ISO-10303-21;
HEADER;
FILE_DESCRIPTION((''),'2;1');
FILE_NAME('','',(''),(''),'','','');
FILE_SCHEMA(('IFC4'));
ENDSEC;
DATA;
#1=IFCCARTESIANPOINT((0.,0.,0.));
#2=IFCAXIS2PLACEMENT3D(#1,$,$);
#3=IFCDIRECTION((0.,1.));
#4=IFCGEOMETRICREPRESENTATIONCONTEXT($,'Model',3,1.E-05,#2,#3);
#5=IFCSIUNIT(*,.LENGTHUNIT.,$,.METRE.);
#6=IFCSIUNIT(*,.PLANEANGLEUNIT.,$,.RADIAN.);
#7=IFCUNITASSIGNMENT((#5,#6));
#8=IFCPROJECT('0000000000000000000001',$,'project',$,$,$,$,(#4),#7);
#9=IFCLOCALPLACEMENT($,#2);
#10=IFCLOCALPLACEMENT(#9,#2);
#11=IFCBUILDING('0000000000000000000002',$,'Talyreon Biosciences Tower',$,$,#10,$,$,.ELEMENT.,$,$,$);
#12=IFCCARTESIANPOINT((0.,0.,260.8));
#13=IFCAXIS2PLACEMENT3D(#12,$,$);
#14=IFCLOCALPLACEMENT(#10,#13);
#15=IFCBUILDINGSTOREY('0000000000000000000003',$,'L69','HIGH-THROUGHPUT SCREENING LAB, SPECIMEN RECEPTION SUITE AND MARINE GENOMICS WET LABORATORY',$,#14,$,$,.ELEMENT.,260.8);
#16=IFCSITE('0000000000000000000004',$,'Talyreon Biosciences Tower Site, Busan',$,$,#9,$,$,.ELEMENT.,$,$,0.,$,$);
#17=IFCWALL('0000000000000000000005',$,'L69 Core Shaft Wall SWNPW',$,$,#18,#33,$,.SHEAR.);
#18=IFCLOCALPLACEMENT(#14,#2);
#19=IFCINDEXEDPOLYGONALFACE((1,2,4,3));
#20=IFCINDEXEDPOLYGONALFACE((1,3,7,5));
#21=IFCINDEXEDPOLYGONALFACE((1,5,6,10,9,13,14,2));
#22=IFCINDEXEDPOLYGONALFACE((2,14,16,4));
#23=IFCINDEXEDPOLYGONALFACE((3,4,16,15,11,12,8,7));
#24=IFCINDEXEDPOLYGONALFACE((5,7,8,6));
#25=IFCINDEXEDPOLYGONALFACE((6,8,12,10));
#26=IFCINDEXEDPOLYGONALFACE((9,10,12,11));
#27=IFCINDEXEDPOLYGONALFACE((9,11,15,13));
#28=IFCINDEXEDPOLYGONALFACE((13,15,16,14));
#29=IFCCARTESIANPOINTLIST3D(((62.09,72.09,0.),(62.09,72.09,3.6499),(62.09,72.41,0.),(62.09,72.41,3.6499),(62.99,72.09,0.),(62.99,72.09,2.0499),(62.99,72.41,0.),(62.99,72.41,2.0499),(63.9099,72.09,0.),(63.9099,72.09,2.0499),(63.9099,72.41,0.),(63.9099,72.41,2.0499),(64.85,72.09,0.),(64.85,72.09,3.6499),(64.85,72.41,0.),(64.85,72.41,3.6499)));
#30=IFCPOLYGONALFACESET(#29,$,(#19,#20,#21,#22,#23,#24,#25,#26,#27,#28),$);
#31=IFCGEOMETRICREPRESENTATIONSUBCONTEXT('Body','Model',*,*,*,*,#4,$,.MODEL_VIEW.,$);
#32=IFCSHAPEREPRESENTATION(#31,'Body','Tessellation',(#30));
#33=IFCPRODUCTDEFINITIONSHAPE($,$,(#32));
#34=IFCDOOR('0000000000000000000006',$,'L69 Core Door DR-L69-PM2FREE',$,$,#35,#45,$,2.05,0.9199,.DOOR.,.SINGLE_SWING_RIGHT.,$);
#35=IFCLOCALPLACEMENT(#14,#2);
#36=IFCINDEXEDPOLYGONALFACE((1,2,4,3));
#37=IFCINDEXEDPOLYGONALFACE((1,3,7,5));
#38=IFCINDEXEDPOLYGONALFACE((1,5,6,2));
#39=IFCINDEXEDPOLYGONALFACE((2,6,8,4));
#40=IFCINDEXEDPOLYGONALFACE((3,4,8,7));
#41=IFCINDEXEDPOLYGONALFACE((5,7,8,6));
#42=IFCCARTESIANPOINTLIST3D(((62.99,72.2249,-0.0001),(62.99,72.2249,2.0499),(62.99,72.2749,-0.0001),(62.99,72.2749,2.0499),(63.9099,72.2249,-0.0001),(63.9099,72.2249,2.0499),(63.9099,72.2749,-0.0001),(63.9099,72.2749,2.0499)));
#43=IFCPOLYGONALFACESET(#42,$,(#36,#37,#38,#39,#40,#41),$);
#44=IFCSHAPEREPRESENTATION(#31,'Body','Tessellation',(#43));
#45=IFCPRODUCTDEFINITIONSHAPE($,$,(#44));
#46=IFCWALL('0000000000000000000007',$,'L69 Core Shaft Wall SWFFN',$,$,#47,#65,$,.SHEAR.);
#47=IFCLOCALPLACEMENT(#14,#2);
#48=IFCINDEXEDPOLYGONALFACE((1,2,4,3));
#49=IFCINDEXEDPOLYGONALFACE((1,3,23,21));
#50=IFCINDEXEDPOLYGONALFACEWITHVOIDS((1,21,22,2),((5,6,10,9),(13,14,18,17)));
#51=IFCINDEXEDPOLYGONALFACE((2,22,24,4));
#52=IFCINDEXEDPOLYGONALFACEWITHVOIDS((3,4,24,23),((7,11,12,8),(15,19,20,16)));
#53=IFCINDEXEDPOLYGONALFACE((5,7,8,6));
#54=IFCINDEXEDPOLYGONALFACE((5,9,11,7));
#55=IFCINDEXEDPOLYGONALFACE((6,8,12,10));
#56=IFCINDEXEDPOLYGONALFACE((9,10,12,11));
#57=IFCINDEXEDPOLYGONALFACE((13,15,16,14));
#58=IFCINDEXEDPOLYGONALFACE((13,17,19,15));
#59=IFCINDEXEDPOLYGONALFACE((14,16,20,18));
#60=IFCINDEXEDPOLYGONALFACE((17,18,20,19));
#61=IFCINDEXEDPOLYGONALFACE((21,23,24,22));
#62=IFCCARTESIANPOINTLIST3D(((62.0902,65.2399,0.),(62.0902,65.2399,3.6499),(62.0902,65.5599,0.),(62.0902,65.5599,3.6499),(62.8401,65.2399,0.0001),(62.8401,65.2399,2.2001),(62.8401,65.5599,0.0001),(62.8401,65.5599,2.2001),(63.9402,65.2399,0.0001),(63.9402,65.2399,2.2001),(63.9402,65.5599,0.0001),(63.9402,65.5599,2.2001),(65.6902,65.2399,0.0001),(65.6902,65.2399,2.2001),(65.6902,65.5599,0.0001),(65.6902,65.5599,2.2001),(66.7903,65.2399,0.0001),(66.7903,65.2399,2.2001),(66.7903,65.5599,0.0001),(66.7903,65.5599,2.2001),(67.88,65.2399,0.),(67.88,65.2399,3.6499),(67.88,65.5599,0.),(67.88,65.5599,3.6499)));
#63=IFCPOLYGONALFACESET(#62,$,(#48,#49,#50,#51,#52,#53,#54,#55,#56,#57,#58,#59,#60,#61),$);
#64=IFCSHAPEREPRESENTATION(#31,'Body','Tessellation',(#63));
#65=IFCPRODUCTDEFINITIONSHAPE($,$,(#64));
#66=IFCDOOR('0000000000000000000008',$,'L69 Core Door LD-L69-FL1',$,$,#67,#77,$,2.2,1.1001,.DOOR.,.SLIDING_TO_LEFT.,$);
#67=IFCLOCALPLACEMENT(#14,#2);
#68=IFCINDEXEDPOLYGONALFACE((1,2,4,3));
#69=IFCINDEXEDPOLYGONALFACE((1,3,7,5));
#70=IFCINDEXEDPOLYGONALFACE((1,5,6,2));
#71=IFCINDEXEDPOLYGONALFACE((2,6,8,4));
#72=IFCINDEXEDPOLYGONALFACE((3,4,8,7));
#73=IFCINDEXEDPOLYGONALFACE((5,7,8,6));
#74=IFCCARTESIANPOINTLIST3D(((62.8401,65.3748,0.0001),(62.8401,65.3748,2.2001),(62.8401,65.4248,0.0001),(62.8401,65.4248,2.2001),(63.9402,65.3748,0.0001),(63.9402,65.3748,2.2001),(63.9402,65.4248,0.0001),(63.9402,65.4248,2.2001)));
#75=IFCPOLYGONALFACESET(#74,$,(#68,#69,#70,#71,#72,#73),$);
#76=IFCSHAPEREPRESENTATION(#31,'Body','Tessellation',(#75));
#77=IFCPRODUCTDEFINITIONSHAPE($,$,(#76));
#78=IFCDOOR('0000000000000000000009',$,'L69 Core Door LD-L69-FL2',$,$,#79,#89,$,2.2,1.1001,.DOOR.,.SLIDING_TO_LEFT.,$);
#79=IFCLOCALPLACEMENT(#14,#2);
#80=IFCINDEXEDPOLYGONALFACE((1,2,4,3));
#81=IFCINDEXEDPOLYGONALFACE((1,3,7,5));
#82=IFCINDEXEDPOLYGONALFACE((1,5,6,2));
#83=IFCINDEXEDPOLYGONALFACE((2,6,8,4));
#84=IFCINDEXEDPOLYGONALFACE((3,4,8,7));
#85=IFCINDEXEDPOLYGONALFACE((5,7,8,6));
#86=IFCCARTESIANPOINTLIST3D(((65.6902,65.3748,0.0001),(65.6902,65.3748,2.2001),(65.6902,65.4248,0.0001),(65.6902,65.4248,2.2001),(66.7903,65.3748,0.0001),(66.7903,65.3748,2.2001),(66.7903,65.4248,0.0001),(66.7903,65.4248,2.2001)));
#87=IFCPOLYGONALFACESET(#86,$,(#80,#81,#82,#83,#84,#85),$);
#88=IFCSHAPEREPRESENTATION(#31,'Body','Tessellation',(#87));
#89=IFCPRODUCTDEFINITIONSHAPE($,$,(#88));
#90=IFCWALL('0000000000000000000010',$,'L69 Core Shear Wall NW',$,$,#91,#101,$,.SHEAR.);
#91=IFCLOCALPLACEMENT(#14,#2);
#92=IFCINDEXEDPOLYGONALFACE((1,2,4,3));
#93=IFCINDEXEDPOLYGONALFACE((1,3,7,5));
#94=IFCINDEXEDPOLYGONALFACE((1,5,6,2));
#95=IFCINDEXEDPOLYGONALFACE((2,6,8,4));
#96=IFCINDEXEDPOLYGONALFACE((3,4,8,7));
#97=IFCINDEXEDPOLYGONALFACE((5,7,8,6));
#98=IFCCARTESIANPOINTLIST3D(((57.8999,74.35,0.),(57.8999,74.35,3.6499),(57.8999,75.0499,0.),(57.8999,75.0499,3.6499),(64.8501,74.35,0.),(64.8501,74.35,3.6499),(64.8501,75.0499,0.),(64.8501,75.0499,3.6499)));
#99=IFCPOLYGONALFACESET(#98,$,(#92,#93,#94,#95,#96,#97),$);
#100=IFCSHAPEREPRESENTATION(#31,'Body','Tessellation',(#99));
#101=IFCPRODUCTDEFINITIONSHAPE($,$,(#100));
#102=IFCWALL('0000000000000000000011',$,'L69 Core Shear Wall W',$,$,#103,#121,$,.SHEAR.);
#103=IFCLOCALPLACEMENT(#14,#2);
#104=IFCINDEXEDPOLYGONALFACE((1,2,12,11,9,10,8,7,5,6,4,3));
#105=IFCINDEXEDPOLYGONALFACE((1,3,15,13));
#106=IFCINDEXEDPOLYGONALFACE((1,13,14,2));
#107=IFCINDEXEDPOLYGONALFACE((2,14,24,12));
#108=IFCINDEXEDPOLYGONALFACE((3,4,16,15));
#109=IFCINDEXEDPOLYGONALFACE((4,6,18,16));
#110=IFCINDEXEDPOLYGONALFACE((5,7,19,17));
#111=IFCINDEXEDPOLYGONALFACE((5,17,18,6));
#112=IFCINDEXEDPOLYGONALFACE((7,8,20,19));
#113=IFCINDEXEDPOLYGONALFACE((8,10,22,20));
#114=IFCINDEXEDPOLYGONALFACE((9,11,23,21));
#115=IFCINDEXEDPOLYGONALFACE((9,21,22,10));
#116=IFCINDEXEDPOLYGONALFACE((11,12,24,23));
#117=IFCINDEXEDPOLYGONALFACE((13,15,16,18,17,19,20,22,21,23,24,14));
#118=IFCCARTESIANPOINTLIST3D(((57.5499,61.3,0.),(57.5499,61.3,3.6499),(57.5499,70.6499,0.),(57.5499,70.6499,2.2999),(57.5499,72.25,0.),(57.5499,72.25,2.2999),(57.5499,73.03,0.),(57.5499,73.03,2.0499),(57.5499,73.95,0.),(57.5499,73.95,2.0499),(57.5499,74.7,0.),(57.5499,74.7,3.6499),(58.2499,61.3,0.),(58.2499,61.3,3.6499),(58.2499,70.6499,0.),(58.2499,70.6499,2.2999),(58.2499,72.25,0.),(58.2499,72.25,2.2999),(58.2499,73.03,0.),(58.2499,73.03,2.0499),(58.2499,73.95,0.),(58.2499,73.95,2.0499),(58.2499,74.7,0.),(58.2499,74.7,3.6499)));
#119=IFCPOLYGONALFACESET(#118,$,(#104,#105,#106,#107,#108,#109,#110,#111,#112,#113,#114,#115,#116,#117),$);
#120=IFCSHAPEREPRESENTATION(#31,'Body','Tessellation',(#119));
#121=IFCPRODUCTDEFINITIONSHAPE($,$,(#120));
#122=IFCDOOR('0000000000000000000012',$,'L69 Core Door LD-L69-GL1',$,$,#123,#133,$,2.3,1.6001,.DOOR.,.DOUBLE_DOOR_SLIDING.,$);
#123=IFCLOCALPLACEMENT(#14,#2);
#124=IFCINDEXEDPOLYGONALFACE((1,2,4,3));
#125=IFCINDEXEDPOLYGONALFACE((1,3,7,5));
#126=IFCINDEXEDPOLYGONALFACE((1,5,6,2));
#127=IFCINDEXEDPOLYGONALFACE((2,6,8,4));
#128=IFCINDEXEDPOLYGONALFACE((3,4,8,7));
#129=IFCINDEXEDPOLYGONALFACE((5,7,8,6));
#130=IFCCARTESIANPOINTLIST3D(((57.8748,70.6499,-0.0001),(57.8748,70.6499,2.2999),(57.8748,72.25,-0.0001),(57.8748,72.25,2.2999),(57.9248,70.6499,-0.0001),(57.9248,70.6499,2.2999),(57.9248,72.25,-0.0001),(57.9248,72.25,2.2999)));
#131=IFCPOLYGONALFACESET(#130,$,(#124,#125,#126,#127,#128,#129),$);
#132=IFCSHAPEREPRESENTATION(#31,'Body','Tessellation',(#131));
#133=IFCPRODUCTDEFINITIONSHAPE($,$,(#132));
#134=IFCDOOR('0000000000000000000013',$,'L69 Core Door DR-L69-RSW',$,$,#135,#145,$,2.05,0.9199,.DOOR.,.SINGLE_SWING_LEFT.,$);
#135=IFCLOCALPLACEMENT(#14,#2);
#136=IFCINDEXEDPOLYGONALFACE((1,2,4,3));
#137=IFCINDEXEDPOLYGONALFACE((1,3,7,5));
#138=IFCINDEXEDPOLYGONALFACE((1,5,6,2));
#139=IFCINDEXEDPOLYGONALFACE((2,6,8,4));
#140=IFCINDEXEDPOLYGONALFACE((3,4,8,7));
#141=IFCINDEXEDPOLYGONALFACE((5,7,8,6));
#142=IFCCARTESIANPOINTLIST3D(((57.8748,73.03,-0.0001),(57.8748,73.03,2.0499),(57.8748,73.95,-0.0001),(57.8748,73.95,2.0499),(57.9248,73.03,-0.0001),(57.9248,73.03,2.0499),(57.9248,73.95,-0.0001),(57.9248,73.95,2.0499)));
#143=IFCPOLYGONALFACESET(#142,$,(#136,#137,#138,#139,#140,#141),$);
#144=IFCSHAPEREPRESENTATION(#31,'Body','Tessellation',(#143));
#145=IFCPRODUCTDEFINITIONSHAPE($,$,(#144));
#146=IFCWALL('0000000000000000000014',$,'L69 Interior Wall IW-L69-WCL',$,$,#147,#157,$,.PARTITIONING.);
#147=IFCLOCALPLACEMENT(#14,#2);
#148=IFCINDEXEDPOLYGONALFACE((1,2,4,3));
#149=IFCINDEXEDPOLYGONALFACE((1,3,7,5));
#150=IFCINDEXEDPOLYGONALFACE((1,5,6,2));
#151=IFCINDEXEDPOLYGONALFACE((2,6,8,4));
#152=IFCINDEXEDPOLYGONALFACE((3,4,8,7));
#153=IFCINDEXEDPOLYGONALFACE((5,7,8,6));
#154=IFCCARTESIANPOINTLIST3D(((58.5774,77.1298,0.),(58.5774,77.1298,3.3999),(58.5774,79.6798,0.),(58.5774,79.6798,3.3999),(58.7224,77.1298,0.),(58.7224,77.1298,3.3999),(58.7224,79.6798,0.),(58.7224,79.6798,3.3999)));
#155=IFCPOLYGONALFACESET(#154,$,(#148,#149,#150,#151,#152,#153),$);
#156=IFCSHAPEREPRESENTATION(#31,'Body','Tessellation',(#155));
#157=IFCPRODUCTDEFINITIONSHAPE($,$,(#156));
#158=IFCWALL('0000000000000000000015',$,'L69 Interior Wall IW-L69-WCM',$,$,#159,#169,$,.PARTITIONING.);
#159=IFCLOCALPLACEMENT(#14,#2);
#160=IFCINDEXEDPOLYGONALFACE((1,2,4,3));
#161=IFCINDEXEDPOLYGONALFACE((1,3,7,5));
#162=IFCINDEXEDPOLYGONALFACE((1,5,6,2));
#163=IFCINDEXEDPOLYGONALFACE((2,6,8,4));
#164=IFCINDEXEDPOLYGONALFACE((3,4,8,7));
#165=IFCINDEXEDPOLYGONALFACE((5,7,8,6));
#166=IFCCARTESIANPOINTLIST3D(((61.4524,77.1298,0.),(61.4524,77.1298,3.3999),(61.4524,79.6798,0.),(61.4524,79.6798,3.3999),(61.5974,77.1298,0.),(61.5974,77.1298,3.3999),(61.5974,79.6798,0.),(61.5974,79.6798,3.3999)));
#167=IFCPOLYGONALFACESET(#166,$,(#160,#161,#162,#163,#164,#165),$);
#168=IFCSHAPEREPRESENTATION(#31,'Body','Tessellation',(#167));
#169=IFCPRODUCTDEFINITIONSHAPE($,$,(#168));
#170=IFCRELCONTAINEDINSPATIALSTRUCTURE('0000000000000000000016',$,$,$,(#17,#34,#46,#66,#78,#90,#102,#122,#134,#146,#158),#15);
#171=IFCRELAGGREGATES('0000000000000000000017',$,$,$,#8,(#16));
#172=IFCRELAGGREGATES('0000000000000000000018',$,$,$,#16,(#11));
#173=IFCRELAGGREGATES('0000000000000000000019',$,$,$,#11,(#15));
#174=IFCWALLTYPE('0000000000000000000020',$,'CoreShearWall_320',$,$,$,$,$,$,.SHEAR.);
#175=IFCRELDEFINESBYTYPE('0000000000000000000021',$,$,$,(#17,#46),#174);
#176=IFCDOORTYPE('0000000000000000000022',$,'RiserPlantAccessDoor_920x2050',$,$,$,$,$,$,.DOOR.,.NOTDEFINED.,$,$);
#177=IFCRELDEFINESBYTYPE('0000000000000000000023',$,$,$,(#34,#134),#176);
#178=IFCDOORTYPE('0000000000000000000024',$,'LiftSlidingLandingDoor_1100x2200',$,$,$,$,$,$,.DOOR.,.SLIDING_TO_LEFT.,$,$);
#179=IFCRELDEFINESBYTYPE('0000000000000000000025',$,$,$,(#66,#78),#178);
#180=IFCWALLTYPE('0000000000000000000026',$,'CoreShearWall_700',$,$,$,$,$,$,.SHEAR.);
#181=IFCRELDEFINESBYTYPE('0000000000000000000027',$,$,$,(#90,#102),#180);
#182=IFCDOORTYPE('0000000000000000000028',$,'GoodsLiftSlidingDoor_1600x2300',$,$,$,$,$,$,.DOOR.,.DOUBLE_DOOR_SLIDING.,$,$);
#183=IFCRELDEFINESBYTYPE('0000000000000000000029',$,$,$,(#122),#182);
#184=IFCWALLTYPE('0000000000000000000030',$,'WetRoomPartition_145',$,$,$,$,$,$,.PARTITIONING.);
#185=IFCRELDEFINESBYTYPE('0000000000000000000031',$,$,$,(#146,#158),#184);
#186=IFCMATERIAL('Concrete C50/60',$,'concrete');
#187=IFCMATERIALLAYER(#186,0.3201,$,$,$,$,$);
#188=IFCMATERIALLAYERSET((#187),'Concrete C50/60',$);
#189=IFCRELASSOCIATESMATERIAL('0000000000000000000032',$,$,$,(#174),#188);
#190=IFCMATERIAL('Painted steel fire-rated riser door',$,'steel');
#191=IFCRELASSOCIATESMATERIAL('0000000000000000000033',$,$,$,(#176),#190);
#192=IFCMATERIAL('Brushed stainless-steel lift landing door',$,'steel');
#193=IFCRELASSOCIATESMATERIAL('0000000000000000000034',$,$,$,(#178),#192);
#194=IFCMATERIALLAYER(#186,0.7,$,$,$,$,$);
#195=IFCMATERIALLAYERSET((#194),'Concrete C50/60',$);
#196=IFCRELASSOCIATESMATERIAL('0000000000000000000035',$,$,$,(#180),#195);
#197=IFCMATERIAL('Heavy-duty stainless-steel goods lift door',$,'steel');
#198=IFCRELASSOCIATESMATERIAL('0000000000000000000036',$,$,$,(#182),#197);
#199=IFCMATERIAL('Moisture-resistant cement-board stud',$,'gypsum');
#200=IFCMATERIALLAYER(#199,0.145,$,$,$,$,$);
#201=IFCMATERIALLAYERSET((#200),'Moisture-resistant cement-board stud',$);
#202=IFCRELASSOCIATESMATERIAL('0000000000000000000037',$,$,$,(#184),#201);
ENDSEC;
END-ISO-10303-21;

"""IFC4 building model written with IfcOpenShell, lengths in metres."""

from ifc_helpers import new_model, si_unit, direction, frame, frame_2d, origin, place, context, subcontext, project, spatial, rectangle, extrude, material, layer, layer_set, type_object, element, fill, save


model = new_model("IFC4")

# Units and contexts
model_context = context("Model", 3, precision=1e-05, world=origin(), true_north=direction((0.0, 1.0)))
body_context = subcontext(model_context, "Body", "Model", "MODEL_VIEW")
ifc_project = project(units=[si_unit("LENGTHUNIT", "METRE"), si_unit("PLANEANGLEUNIT", "RADIAN")], contexts=[model_context])

# Site, building, storey
site_placement = place(None, origin())
site = spatial("IfcSite", under=ifc_project, at=site_placement, Name="Talyreon Biosciences Tower Site, Busan", CompositionType="ELEMENT", RefElevation=0.0)
building_placement = place(site_placement, origin())
building = spatial("IfcBuilding", under=site, at=building_placement, Name="Talyreon Biosciences Tower", CompositionType="ELEMENT")
storey_placement = place(building_placement, frame((0.0, 0.0, 260.8)))
storey = spatial("IfcBuildingStorey", under=building, at=storey_placement, Name="L69", Description="HIGH-THROUGHPUT SCREENING LAB, SPECIMEN RECEPTION SUITE AND MARINE GENOMICS WET LABORATORY", CompositionType="ELEMENT", Elevation=260.8)

# Shared definitions
ifc_material_1 = material(Name="Concrete C50/60", Category="concrete")

# Shared definitions
ifc_layer_1 = layer(ifc_material_1, 0.3201)
ifc_layer_set_1 = layer_set([ifc_layer_1], Name="Concrete C50/60")
wall_type_1 = type_object("IfcWallType", Name="CoreShearWall_320", PredefinedType="SHEAR", material=ifc_layer_set_1)

# Wall, opening, door
wall_1_placement = place(storey_placement, frame((62.0901, 72.25, 0.0), z_axis=(0.0, 0.0, 1.0), x_axis=(1.0, 0.0, 0.0)))
wall_1 = element("IfcWall", 1, at=wall_1_placement, inside=storey, type_object=wall_type_1, Name="L69 Core Shaft Wall SWNPW", PredefinedType="SHEAR", context=body_context, shape_type="SweptSolid", body=[
    extrude(rectangle(XDim=2.76, YDim=0.3201, at=frame_2d((1.3799, 0.0))), origin(), (0.0, 0.0, 1.0), 3.6499),
])
opening_1_placement = place(wall_1_placement, frame((0.8999, 0.0, 0.0)))
opening_1 = element("IfcOpeningElement", 2, at=opening_1_placement, cuts=wall_1, PredefinedType="OPENING", context=body_context, shape_type="SweptSolid", body=[
    extrude(rectangle(XDim=0.9199, YDim=2.05, at=frame_2d((0.46, 1.0249))), frame((0.0, 0.1699, 0.0), z_axis=(0.0, -1.0, 0.0), x_axis=(1.0, 0.0, 0.0)), (0.0, 0.0, 1.0), 0.3401),
])
ifc_material_2 = material(Name="Painted steel fire-rated riser door", Category="steel")
door_type_1 = type_object("IfcDoorType", Name="RiserPlantAccessDoor_920x2050", OperationType="NOTDEFINED", PredefinedType="DOOR", material=ifc_material_2)
door_1_placement = place(opening_1_placement, origin())
door_1 = element("IfcDoor", 3, at=door_1_placement, inside=storey, type_object=door_type_1, Name="L69 Core Door DR-L69-PM2FREE", OperationType="SINGLE_SWING_RIGHT", OverallHeight=2.05, OverallWidth=0.9199, PredefinedType="DOOR", context=body_context, shape_type="SweptSolid", body=[
    extrude(rectangle(XDim=0.9199, YDim=2.05, at=frame_2d((0.46, 1.0249))), frame((0.0, 0.0249, 0.0), z_axis=(0.0, -1.0, 0.0), x_axis=(1.0, 0.0, 0.0)), (0.0, 0.0, 1.0), 0.05),
])
fill(opening_1, door_1)

# Wall, openings, doors
wall_2_placement = place(storey_placement, frame((62.0901, 65.3999, 0.0), z_axis=(0.0, 0.0, 1.0), x_axis=(1.0, 0.0, 0.0)))
wall_2 = element("IfcWall", 4, at=wall_2_placement, inside=storey, type_object=wall_type_1, Name="L69 Core Shaft Wall SWFFN", PredefinedType="SHEAR", context=body_context, shape_type="SweptSolid", body=[
    extrude(rectangle(XDim=5.7898, YDim=0.3201, at=frame_2d((2.895, 0.0))), origin(), (0.0, 0.0, 1.0), 3.6499),
])
opening_2_placement = place(wall_2_placement, frame((0.75, 0.0, 0.0)))
opening_2 = element("IfcOpeningElement", 5, at=opening_2_placement, cuts=wall_2, PredefinedType="OPENING", context=body_context, shape_type="SweptSolid", body=[
    extrude(rectangle(XDim=1.1001, YDim=2.2, at=frame_2d((0.55, 1.1001))), frame((0.0, 0.1699, 0.0), z_axis=(0.0, -1.0, 0.0), x_axis=(1.0, 0.0, 0.0)), (0.0, 0.0, 1.0), 0.3401),
])
opening_3_placement = place(wall_2_placement, frame((3.6001, 0.0, 0.0)))
opening_3 = element("IfcOpeningElement", 6, at=opening_3_placement, cuts=wall_2, PredefinedType="OPENING", context=body_context, shape_type="SweptSolid", body=[
    extrude(rectangle(XDim=1.1001, YDim=2.2, at=frame_2d((0.55, 1.1001))), frame((0.0, 0.1699, 0.0), z_axis=(0.0, -1.0, 0.0), x_axis=(1.0, 0.0, 0.0)), (0.0, 0.0, 1.0), 0.3401),
])
ifc_material_3 = material(Name="Brushed stainless-steel lift landing door", Category="steel")
door_type_2 = type_object("IfcDoorType", Name="LiftSlidingLandingDoor_1100x2200", OperationType="SLIDING_TO_LEFT", PredefinedType="DOOR", material=ifc_material_3)
door_2_placement = place(opening_2_placement, origin())
door_2 = element("IfcDoor", 7, at=door_2_placement, inside=storey, type_object=door_type_2, Name="L69 Core Door LD-L69-FL1", OperationType="SLIDING_TO_LEFT", OverallHeight=2.2, OverallWidth=1.1001, PredefinedType="DOOR", context=body_context, shape_type="SweptSolid", body=[
    extrude(rectangle(XDim=1.1001, YDim=2.2, at=frame_2d((0.55, 1.1001))), frame((0.0, 0.0249, 0.0), z_axis=(0.0, -1.0, 0.0), x_axis=(1.0, 0.0, 0.0)), (0.0, 0.0, 1.0), 0.05),
])
fill(opening_2, door_2)
door_3_placement = place(opening_3_placement, origin())
door_3 = element("IfcDoor", 8, at=door_3_placement, inside=storey, type_object=door_type_2, Name="L69 Core Door LD-L69-FL2", OperationType="SLIDING_TO_LEFT", OverallHeight=2.2, OverallWidth=1.1001, PredefinedType="DOOR", context=body_context, shape_type="SweptSolid", body=[
    extrude(rectangle(XDim=1.1001, YDim=2.2, at=frame_2d((0.55, 1.1001))), frame((0.0, 0.0249, 0.0), z_axis=(0.0, -1.0, 0.0), x_axis=(1.0, 0.0, 0.0)), (0.0, 0.0, 1.0), 0.05),
])
fill(opening_3, door_3)

# Wall
ifc_layer_2 = layer(ifc_material_1, 0.7)
ifc_layer_set_2 = layer_set([ifc_layer_2], Name="Concrete C50/60")
wall_type_2 = type_object("IfcWallType", Name="CoreShearWall_700", PredefinedType="SHEAR", material=ifc_layer_set_2)
wall_3_placement = place(storey_placement, frame((64.8501, 74.7, 0.0), z_axis=(0.0, 0.0, 1.0), x_axis=(-1.0, 0.0, 0.0)))
element("IfcWall", 9, at=wall_3_placement, inside=storey, type_object=wall_type_2, Name="L69 Core Shear Wall NW", PredefinedType="SHEAR", context=body_context, shape_type="SweptSolid", body=[
    extrude(rectangle(XDim=6.9502, YDim=0.7, at=frame_2d((3.4751, 0.0))), origin(), (0.0, 0.0, 1.0), 3.6499),
])

# Wall, openings, doors
wall_4_placement = place(storey_placement, frame((57.8999, 74.7, 0.0), z_axis=(0.0, 0.0, 1.0), x_axis=(0.0, -1.0, 0.0)))
wall_4 = element("IfcWall", 10, at=wall_4_placement, inside=storey, type_object=wall_type_2, Name="L69 Core Shear Wall W", PredefinedType="SHEAR", context=body_context, shape_type="SweptSolid", body=[
    extrude(rectangle(XDim=13.3999, YDim=0.7, at=frame_2d((6.7, 0.0))), origin(), (0.0, 0.0, 1.0), 3.6499),
])
opening_4_placement = place(wall_4_placement, frame((0.75, 0.0, 0.0)))
opening_4 = element("IfcOpeningElement", 11, at=opening_4_placement, cuts=wall_4, PredefinedType="OPENING", context=body_context, shape_type="SweptSolid", body=[
    extrude(rectangle(XDim=0.9199, YDim=2.05, at=frame_2d((0.46, 1.0249))), frame((0.0, 0.3599, 0.0), z_axis=(0.0, -1.0, 0.0), x_axis=(1.0, 0.0, 0.0)), (0.0, 0.0, 1.0), 0.72),
])
opening_5_placement = place(wall_4_placement, frame((2.45, 0.0, 0.0)))
opening_5 = element("IfcOpeningElement", 12, at=opening_5_placement, cuts=wall_4, PredefinedType="OPENING", context=body_context, shape_type="SweptSolid", body=[
    extrude(rectangle(XDim=1.6001, YDim=2.3, at=frame_2d((0.8, 1.1499))), frame((0.0, 0.3599, 0.0), z_axis=(0.0, -1.0, 0.0), x_axis=(1.0, 0.0, 0.0)), (0.0, 0.0, 1.0), 0.72),
])
ifc_material_4 = material(Name="Heavy-duty stainless-steel goods lift door", Category="steel")
door_type_3 = type_object("IfcDoorType", Name="GoodsLiftSlidingDoor_1600x2300", OperationType="DOUBLE_DOOR_SLIDING", PredefinedType="DOOR", material=ifc_material_4)
door_4_placement = place(opening_5_placement, origin())
door_4 = element("IfcDoor", 13, at=door_4_placement, inside=storey, type_object=door_type_3, Name="L69 Core Door LD-L69-GL1", OperationType="DOUBLE_DOOR_SLIDING", OverallHeight=2.3, OverallWidth=1.6001, PredefinedType="DOOR", context=body_context, shape_type="SweptSolid", body=[
    extrude(rectangle(XDim=1.6001, YDim=2.3, at=frame_2d((0.8, 1.1499))), frame((0.0, 0.0249, 0.0), z_axis=(0.0, -1.0, 0.0), x_axis=(1.0, 0.0, 0.0)), (0.0, 0.0, 1.0), 0.05),
])
fill(opening_5, door_4)
door_5_placement = place(opening_4_placement, origin())
door_5 = element("IfcDoor", 14, at=door_5_placement, inside=storey, type_object=door_type_1, Name="L69 Core Door DR-L69-RSW", OperationType="SINGLE_SWING_LEFT", OverallHeight=2.05, OverallWidth=0.9199, PredefinedType="DOOR", context=body_context, shape_type="SweptSolid", body=[
    extrude(rectangle(XDim=0.9199, YDim=2.05, at=frame_2d((0.46, 1.0249))), frame((0.0, 0.0249, 0.0), z_axis=(0.0, -1.0, 0.0), x_axis=(1.0, 0.0, 0.0)), (0.0, 0.0, 1.0), 0.05),
])
fill(opening_4, door_5)

# Walls
ifc_material_5 = material(Name="Moisture-resistant cement-board stud", Category="gypsum")
ifc_layer_3 = layer(ifc_material_5, 0.145)
ifc_layer_set_3 = layer_set([ifc_layer_3], Name="Moisture-resistant cement-board stud")
wall_type_3 = type_object("IfcWallType", Name="WetRoomPartition_145", PredefinedType="PARTITIONING", material=ifc_layer_set_3)
for number, where, z_axis, x_axis, name in (
    (15, (58.6499, 77.1299, 0.0), (0.0, 0.0, 1.0), (0.0, 1.0, 0.0), "L69 Interior Wall IW-L69-WCL"),
    (16, (61.5249, 77.1299, 0.0), (0.0, 0.0, 1.0), (0.0, 1.0, 0.0), "L69 Interior Wall IW-L69-WCM"),
):
    element("IfcWall", number, at=place(storey_placement, frame(where, z_axis=z_axis, x_axis=x_axis)), inside=storey, type_object=wall_type_3, Name=name, PredefinedType="PARTITIONING", context=body_context, shape_type="SweptSolid", body=[
        extrude(rectangle(XDim=2.55, YDim=0.145, at=frame_2d((1.2749, 0.0))), origin(), (0.0, 0.0, 1.0), 3.3999),
    ])

save(model, "model.ifc")
